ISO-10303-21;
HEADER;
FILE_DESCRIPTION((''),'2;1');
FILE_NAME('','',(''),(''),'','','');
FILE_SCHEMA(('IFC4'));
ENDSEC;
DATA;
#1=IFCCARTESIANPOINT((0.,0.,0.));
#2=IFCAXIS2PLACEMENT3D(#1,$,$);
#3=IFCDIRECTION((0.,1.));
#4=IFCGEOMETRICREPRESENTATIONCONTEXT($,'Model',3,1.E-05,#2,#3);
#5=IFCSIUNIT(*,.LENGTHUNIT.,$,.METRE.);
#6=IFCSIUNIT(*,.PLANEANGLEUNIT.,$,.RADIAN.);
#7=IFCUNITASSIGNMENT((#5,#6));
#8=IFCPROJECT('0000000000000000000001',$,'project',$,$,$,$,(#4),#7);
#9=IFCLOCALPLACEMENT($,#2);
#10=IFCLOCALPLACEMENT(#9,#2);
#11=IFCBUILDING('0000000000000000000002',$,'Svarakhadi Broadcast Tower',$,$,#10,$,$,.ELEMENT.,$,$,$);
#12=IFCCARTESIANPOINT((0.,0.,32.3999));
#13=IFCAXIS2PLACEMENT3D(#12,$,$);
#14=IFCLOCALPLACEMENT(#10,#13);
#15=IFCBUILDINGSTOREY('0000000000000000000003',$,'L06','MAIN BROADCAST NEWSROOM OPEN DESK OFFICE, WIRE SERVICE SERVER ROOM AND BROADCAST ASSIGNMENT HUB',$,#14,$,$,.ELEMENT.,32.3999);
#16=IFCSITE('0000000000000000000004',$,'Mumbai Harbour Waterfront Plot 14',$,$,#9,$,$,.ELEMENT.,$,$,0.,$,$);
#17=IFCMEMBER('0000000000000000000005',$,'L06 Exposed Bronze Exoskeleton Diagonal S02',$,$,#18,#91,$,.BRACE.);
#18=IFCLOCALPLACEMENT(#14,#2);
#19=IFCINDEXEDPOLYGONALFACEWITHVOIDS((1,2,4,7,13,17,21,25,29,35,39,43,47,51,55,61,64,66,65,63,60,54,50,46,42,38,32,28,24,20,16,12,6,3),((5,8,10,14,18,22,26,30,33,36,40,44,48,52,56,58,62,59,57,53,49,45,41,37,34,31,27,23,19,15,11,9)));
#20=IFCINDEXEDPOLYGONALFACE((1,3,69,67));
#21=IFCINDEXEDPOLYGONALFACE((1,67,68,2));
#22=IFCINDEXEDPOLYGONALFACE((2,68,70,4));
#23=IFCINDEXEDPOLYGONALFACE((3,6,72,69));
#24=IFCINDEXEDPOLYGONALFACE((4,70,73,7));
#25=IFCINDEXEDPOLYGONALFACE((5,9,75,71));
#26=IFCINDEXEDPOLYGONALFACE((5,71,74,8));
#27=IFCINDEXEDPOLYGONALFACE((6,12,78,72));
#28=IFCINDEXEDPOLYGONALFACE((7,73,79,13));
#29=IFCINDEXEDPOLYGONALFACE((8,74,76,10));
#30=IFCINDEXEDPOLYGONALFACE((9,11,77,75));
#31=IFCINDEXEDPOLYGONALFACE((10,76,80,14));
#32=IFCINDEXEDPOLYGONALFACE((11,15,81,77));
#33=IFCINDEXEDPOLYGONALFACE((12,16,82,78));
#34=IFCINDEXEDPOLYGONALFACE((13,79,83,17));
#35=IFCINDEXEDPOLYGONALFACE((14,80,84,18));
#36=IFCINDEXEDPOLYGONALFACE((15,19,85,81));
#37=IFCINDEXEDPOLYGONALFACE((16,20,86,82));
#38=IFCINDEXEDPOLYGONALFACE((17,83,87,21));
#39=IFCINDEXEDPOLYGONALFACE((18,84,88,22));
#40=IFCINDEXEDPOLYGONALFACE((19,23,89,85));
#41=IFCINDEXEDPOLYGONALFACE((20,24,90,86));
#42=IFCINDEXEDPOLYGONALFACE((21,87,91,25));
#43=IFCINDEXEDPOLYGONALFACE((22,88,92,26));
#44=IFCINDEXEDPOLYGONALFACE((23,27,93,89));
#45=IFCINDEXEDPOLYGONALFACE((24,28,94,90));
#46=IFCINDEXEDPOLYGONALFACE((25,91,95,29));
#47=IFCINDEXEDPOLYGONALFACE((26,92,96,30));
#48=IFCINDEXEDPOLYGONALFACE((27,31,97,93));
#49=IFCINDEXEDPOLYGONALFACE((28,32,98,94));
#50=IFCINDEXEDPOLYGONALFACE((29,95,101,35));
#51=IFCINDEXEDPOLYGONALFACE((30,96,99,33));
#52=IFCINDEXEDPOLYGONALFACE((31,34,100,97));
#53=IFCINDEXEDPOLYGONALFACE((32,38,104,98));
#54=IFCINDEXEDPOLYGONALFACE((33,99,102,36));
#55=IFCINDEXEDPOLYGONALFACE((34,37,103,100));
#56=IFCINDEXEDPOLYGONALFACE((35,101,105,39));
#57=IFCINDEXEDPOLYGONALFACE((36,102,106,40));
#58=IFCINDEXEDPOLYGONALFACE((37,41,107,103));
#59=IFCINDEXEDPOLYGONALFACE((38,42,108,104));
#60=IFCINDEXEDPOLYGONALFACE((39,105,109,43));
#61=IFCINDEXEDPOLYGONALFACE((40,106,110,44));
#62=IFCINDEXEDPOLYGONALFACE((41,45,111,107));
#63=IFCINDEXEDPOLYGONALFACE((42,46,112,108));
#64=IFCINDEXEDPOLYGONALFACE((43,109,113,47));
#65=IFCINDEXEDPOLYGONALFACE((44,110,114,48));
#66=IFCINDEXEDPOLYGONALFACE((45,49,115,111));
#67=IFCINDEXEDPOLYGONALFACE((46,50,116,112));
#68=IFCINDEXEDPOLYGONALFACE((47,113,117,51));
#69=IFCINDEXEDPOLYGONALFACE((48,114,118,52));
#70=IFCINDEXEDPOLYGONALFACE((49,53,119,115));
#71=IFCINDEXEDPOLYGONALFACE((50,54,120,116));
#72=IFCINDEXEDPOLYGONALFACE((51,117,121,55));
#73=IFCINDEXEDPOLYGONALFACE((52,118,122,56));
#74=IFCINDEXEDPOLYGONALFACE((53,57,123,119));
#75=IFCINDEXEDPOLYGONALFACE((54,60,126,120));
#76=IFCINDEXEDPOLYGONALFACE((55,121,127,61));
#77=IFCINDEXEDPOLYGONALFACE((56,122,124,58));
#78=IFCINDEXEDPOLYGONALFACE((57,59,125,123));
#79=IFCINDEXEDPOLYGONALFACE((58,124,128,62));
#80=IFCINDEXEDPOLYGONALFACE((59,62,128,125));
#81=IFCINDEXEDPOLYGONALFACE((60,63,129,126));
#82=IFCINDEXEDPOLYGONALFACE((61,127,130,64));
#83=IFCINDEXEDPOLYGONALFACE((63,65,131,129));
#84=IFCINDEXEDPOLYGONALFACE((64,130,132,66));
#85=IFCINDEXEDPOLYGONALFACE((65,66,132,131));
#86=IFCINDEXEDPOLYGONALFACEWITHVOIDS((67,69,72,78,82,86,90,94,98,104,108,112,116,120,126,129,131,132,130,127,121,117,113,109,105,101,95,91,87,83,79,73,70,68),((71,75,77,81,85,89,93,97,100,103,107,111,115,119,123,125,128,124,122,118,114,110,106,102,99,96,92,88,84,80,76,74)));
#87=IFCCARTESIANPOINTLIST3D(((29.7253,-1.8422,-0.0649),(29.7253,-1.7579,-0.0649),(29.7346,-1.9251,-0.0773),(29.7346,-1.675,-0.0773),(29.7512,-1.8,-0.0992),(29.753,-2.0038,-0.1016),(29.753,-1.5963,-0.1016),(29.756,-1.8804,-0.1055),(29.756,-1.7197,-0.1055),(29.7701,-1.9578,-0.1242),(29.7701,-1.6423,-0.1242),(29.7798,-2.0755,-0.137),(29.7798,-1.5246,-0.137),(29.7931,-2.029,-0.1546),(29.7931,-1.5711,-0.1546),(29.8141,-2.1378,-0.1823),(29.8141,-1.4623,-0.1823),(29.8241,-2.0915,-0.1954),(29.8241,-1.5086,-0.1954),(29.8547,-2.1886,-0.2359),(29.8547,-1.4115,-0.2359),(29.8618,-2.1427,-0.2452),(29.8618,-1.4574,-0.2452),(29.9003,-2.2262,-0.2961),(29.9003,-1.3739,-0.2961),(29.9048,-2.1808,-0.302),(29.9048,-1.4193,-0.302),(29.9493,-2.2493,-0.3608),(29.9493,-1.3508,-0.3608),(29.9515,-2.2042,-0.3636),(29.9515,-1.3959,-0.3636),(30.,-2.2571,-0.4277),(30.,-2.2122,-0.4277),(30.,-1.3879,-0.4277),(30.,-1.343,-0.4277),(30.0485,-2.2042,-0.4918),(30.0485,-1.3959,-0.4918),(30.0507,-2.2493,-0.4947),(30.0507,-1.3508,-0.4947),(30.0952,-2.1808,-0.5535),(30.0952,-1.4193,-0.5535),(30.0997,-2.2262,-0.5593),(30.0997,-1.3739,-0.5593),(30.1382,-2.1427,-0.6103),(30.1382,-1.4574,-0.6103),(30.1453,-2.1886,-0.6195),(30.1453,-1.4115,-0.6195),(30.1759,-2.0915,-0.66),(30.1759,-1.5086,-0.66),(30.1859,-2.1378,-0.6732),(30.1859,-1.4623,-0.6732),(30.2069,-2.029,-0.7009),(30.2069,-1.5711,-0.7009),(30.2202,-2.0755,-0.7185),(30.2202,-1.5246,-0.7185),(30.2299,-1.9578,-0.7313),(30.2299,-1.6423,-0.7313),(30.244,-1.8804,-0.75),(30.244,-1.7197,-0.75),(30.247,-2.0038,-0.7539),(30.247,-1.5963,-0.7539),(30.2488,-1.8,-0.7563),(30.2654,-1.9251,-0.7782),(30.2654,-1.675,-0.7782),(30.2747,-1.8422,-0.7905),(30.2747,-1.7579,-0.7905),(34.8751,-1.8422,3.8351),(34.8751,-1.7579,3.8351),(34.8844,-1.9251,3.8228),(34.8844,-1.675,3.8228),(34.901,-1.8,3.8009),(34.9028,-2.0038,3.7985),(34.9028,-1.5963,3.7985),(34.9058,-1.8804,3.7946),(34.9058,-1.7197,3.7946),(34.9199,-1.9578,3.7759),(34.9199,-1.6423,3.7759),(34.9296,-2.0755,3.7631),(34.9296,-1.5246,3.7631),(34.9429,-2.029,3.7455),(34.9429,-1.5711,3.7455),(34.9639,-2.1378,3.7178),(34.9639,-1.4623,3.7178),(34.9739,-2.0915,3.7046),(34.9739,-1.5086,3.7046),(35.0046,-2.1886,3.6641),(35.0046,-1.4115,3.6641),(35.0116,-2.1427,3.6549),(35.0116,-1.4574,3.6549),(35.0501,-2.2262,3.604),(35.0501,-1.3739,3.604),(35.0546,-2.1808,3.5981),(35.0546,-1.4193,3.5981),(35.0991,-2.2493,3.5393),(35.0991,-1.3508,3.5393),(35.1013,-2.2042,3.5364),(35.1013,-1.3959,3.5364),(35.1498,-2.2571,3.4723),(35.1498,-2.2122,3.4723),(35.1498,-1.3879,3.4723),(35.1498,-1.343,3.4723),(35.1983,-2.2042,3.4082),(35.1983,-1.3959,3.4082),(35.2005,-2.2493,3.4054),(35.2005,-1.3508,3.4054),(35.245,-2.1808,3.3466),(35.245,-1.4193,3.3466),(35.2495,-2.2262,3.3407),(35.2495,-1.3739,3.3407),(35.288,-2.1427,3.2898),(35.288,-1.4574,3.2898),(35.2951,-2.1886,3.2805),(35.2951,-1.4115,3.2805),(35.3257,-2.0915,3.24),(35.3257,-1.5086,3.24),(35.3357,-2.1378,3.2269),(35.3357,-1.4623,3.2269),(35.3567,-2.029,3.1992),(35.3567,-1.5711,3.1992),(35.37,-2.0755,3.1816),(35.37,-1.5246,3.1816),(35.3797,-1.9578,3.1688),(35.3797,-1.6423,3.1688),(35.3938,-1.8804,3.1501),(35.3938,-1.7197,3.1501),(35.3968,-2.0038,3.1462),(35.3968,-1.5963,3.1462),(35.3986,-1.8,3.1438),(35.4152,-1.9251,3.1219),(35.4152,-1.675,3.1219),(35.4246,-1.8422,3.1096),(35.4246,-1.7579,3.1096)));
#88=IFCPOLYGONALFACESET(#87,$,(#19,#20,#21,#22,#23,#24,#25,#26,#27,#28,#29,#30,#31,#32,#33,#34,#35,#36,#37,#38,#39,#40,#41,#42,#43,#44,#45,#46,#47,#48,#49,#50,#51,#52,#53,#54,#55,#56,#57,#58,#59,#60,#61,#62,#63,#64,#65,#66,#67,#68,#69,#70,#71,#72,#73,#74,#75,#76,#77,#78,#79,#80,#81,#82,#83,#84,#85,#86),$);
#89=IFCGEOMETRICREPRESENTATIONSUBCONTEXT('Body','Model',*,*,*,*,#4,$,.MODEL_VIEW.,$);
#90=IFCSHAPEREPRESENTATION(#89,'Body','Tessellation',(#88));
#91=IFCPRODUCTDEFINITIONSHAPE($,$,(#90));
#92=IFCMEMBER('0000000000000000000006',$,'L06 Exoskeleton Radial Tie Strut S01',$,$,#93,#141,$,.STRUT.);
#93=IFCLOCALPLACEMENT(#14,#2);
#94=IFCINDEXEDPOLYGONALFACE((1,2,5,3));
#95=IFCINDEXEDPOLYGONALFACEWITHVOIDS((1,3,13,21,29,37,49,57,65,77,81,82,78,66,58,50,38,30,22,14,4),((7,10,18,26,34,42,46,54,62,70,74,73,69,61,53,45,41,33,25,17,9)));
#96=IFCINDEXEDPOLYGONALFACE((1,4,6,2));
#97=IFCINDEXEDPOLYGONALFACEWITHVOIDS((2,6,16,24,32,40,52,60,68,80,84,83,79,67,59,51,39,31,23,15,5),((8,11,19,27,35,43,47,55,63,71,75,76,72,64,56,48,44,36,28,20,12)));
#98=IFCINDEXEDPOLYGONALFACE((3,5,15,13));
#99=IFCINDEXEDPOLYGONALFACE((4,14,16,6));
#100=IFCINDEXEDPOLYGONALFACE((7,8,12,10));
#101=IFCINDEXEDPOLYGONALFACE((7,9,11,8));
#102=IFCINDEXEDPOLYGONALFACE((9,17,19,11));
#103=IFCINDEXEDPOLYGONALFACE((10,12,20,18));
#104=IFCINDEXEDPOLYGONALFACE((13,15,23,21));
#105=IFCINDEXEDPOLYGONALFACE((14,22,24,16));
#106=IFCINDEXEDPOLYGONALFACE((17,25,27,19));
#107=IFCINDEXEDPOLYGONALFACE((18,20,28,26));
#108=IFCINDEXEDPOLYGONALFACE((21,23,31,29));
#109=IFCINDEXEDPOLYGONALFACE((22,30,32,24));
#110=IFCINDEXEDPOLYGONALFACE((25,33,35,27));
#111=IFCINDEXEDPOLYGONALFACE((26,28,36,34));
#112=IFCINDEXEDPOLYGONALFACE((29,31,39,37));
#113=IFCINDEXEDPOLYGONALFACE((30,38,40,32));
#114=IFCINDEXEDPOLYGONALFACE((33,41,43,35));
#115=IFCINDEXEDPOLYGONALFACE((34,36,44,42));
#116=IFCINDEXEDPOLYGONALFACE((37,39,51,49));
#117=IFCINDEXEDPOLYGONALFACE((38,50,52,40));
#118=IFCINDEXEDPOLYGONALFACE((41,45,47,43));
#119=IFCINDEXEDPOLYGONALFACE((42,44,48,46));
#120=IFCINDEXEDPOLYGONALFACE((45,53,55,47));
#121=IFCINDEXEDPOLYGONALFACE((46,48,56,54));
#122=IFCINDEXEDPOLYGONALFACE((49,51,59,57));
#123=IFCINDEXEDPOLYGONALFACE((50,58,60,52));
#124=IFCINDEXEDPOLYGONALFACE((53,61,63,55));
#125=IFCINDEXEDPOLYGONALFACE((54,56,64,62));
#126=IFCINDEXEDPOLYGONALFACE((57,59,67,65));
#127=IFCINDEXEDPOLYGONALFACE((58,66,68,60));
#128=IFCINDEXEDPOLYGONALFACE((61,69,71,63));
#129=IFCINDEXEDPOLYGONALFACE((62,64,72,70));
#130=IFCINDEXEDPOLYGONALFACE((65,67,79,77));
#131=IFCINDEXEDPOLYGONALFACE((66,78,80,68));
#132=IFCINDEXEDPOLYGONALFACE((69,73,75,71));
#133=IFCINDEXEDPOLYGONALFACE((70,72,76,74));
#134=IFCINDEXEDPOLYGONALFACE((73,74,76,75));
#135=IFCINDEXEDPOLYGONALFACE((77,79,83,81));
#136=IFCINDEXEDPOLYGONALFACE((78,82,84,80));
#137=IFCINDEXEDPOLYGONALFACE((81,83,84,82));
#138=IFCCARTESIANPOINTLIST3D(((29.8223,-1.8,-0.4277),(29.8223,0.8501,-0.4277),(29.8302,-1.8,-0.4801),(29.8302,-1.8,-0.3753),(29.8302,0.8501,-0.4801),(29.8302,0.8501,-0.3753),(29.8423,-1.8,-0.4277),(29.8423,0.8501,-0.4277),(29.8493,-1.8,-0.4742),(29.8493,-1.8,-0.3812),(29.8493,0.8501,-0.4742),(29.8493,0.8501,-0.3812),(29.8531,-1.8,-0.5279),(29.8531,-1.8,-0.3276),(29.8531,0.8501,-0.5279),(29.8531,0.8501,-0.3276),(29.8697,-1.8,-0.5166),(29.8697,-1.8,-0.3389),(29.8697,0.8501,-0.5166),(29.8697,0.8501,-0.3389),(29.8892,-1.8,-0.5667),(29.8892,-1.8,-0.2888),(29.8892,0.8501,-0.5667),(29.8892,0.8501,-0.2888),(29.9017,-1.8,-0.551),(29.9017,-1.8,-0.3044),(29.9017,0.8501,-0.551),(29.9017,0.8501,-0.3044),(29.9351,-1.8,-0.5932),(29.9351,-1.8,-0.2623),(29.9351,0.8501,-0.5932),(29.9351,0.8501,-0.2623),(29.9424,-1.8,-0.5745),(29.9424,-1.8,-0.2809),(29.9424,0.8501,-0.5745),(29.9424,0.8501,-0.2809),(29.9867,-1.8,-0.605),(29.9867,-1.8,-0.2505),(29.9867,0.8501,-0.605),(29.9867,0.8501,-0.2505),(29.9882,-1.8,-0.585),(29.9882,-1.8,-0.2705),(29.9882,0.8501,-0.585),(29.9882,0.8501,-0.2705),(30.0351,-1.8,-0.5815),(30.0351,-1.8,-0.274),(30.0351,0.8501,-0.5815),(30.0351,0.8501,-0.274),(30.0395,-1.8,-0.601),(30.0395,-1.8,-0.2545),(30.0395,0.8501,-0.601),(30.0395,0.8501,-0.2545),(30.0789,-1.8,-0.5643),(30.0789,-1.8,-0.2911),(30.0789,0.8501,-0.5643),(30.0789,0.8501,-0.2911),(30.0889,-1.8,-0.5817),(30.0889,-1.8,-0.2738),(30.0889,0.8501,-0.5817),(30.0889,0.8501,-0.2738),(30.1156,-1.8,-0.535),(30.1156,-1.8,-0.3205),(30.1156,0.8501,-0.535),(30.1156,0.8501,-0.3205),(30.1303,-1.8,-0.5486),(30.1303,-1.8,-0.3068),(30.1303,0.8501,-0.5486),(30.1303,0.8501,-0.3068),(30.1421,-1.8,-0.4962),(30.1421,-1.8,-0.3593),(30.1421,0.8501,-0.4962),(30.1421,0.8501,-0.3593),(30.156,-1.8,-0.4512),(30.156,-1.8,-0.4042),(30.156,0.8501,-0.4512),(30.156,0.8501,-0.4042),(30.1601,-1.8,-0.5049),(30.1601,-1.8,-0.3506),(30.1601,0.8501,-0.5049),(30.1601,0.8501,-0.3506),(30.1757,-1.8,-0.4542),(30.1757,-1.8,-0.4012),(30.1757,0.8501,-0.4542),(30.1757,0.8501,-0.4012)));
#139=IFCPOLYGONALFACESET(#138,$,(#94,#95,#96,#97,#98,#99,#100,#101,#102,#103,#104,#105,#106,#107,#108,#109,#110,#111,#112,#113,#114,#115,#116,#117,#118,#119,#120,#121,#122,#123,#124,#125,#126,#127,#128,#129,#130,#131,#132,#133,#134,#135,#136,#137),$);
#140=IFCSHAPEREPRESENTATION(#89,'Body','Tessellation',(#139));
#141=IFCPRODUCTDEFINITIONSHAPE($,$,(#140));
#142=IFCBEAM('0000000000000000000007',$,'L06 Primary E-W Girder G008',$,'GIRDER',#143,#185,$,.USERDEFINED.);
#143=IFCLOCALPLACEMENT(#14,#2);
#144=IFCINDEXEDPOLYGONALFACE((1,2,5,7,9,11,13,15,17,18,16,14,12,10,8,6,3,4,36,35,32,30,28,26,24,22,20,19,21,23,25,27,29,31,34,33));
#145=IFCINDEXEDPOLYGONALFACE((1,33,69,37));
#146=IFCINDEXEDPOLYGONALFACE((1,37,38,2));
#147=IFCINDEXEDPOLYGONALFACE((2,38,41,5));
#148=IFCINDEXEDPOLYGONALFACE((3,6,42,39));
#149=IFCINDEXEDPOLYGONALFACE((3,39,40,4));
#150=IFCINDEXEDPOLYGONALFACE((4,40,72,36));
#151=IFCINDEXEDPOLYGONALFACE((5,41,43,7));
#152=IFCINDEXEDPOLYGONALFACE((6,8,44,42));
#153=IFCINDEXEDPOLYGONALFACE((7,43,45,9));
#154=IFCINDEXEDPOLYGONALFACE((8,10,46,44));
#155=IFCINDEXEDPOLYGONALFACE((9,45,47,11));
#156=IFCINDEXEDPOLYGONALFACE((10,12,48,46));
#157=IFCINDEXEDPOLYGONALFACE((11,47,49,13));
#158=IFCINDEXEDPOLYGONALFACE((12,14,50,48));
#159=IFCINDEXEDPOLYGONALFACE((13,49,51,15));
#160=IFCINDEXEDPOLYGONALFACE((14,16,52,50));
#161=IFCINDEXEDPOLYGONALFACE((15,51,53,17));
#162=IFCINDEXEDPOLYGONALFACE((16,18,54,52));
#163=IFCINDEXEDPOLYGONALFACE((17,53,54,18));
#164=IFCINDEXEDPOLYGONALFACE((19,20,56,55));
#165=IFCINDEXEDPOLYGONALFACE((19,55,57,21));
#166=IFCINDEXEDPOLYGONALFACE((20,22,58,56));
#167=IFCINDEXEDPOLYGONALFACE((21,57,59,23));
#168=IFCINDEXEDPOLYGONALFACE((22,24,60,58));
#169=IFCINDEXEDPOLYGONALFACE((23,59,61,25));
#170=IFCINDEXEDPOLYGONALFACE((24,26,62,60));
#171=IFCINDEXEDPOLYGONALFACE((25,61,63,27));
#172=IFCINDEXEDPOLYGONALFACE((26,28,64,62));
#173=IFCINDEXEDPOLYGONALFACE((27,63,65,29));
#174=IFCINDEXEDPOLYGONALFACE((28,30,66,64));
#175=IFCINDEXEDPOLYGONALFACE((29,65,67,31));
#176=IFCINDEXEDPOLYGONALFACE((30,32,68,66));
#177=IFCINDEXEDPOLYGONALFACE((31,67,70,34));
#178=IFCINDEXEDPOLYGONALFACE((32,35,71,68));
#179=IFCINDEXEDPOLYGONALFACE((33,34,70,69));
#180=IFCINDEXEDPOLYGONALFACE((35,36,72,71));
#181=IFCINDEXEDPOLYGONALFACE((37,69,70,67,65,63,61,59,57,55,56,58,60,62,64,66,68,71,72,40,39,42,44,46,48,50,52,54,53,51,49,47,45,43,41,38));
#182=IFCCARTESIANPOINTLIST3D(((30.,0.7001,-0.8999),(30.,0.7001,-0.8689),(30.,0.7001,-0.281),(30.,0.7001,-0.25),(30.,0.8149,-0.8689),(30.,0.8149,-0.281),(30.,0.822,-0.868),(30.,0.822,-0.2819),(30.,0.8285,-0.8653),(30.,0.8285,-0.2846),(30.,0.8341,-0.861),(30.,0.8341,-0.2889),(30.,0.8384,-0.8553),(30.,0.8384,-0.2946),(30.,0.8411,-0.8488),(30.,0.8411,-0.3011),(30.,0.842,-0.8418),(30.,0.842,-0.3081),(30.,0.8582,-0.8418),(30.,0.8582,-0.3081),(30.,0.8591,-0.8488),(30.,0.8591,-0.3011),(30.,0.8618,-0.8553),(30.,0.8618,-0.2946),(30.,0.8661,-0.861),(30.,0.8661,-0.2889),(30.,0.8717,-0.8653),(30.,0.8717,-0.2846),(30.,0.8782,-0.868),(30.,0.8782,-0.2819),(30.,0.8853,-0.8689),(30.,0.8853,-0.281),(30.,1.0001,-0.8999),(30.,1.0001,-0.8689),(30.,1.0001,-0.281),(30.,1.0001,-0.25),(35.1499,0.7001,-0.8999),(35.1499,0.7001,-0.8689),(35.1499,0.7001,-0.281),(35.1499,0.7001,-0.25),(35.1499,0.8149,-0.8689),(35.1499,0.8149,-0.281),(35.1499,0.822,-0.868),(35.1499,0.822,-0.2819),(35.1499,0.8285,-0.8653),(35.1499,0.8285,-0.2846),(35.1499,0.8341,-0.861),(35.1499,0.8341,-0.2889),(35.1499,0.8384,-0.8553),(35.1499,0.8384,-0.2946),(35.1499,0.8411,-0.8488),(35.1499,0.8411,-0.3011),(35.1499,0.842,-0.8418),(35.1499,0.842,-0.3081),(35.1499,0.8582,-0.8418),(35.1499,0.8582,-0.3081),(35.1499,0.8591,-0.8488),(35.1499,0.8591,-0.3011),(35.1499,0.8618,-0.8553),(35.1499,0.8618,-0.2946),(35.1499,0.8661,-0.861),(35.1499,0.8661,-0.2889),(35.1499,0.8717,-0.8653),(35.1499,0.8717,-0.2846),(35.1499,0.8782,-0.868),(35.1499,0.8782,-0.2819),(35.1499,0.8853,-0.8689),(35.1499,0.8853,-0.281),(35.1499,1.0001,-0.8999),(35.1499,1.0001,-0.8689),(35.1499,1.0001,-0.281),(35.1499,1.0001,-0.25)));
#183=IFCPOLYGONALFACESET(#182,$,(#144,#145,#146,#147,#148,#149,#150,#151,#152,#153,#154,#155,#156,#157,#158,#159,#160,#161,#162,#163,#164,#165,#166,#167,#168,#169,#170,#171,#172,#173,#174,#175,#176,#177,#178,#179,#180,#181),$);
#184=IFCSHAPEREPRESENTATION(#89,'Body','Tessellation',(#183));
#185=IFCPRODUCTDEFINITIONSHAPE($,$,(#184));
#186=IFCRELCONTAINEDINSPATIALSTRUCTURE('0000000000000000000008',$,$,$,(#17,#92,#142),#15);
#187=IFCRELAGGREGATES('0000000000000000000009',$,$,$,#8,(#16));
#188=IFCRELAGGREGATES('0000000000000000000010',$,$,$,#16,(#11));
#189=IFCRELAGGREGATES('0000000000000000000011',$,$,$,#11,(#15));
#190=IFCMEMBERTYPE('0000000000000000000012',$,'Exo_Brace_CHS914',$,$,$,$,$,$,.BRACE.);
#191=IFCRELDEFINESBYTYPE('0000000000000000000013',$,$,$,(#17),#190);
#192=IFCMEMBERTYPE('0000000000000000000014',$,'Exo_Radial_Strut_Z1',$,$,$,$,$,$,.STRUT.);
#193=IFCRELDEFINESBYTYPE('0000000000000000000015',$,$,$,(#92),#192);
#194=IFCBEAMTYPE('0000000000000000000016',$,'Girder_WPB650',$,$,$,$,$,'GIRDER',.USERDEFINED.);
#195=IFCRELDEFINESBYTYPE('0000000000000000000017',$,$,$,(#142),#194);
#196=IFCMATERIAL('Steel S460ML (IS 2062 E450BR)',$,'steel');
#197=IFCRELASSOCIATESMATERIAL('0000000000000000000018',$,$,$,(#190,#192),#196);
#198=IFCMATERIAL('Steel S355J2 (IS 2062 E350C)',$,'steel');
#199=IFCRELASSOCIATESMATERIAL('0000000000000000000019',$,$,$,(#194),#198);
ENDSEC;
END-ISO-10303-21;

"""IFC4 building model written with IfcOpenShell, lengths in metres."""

from ifc_helpers import new_model, si_unit, direction, frame, origin, origin_2d, place, context, subcontext, project, spatial, hollow_circle, i_section, extrude, material, material_profile, profile_set, type_object, element, save


model = new_model("IFC4")

# Units and contexts
model_context = context("Model", 3, precision=1e-05, world=origin(), true_north=direction((0.0, 1.0)))
body_context = subcontext(model_context, "Body", "Model", "MODEL_VIEW")
ifc_project = project(units=[si_unit("LENGTHUNIT", "METRE"), si_unit("PLANEANGLEUNIT", "RADIAN")], contexts=[model_context])

# Site, building, storey
site_placement = place(None, origin())
site = spatial("IfcSite", under=ifc_project, at=site_placement, Name="Mumbai Harbour Waterfront Plot 14", CompositionType="ELEMENT", RefElevation=0.0)
building_placement = place(site_placement, origin())
building = spatial("IfcBuilding", under=site, at=building_placement, Name="Svarakhadi Broadcast Tower", CompositionType="ELEMENT")
storey_placement = place(building_placement, frame((0.0, 0.0, 32.3999)))
storey = spatial("IfcBuildingStorey", under=building, at=storey_placement, Name="L06", Description="MAIN BROADCAST NEWSROOM OPEN DESK OFFICE, WIRE SERVICE SERVER ROOM AND BROADCAST ASSIGNMENT HUB", CompositionType="ELEMENT", Elevation=32.3999)

# Shared definitions
ifc_material_1 = material(Name="Steel S460ML (IS 2062 E450BR)", Category="steel")

# Shared definitions
ifc_material_2 = material(Name="Steel S355J2 (IS 2062 E350C)", Category="steel")

# Members
ifc_material_profile_1 = material_profile(ifc_material_1, hollow_circle(Radius=0.457, WallThickness=0.0449, at=origin_2d()), Name="CHS 914x45")
ifc_profile_set_1 = profile_set([ifc_material_profile_1], Name="Steel S460ML (IS 2062 E450BR)")
member_type_1 = type_object("IfcMemberType", Name="Exo_Brace_CHS914", PredefinedType="BRACE", material=ifc_profile_set_1)
member_1_placement = place(storey_placement, frame((30.0, -1.8, -0.4277), z_axis=(0.797189, 0.0, 0.60373), x_axis=(0.0, 1.0, 0.0)))
element("IfcMember", 1, at=member_1_placement, inside=storey, type_object=member_type_1, Name="L06 Exposed Bronze Exoskeleton Diagonal S02", PredefinedType="BRACE", context=body_context, shape_type="SweptSolid", body=[
    extrude(hollow_circle(Radius=0.457, WallThickness=0.0449, at=origin_2d()), origin(), (0.0, 0.0, 1.0), 6.46),
])
ifc_material_profile_2 = material_profile(ifc_material_1, hollow_circle(Radius=0.1777, WallThickness=0.02, at=origin_2d()), Name="CHS 355.6x20")
ifc_profile_set_2 = profile_set([ifc_material_profile_2], Name="Steel S460ML (IS 2062 E450BR)")
member_type_2 = type_object("IfcMemberType", Name="Exo_Radial_Strut_Z1", PredefinedType="STRUT", material=ifc_profile_set_2)
member_2_placement = place(storey_placement, frame((30.0, -1.8, -0.4277), z_axis=(0.0, 1.0, 0.0), x_axis=(-1.0, 0.0, 0.0)))
element("IfcMember", 2, at=member_2_placement, inside=storey, type_object=member_type_2, Name="L06 Exoskeleton Radial Tie Strut S01", PredefinedType="STRUT", context=body_context, shape_type="SweptSolid", body=[
    extrude(hollow_circle(Radius=0.1777, WallThickness=0.02, at=origin_2d()), origin(), (0.0, 0.0, 1.0), 2.6501),
])

# Beam
ifc_material_profile_3 = material_profile(ifc_material_2, i_section(OverallWidth=0.3, OverallDepth=0.6499, WebThickness=0.0161, FlangeThickness=0.031, FilletRadius=0.0271, at=origin_2d()), Name="WPB 650x300x225")
ifc_profile_set_3 = profile_set([ifc_material_profile_3], Name="Steel S355J2 (IS 2062 E350C)")
beam_type_1 = type_object("IfcBeamType", Name="Girder_WPB650", ElementType="GIRDER", PredefinedType="USERDEFINED", material=ifc_profile_set_3)
beam_1_placement = place(storey_placement, frame((30.0, 0.8501, -0.575), z_axis=(1.0, 0.0, 0.0), x_axis=(0.0, 1.0, 0.0)))
element("IfcBeam", 3, at=beam_1_placement, inside=storey, type_object=beam_type_1, Name="L06 Primary E-W Girder G008", ObjectType="GIRDER", PredefinedType="USERDEFINED", context=body_context, shape_type="SweptSolid", body=[
    extrude(i_section(OverallWidth=0.3, OverallDepth=0.6499, WebThickness=0.0161, FlangeThickness=0.031, FilletRadius=0.0271, at=origin_2d()), origin(), (0.0, 0.0, 1.0), 5.1499),
])

save(model, "model.ifc")
